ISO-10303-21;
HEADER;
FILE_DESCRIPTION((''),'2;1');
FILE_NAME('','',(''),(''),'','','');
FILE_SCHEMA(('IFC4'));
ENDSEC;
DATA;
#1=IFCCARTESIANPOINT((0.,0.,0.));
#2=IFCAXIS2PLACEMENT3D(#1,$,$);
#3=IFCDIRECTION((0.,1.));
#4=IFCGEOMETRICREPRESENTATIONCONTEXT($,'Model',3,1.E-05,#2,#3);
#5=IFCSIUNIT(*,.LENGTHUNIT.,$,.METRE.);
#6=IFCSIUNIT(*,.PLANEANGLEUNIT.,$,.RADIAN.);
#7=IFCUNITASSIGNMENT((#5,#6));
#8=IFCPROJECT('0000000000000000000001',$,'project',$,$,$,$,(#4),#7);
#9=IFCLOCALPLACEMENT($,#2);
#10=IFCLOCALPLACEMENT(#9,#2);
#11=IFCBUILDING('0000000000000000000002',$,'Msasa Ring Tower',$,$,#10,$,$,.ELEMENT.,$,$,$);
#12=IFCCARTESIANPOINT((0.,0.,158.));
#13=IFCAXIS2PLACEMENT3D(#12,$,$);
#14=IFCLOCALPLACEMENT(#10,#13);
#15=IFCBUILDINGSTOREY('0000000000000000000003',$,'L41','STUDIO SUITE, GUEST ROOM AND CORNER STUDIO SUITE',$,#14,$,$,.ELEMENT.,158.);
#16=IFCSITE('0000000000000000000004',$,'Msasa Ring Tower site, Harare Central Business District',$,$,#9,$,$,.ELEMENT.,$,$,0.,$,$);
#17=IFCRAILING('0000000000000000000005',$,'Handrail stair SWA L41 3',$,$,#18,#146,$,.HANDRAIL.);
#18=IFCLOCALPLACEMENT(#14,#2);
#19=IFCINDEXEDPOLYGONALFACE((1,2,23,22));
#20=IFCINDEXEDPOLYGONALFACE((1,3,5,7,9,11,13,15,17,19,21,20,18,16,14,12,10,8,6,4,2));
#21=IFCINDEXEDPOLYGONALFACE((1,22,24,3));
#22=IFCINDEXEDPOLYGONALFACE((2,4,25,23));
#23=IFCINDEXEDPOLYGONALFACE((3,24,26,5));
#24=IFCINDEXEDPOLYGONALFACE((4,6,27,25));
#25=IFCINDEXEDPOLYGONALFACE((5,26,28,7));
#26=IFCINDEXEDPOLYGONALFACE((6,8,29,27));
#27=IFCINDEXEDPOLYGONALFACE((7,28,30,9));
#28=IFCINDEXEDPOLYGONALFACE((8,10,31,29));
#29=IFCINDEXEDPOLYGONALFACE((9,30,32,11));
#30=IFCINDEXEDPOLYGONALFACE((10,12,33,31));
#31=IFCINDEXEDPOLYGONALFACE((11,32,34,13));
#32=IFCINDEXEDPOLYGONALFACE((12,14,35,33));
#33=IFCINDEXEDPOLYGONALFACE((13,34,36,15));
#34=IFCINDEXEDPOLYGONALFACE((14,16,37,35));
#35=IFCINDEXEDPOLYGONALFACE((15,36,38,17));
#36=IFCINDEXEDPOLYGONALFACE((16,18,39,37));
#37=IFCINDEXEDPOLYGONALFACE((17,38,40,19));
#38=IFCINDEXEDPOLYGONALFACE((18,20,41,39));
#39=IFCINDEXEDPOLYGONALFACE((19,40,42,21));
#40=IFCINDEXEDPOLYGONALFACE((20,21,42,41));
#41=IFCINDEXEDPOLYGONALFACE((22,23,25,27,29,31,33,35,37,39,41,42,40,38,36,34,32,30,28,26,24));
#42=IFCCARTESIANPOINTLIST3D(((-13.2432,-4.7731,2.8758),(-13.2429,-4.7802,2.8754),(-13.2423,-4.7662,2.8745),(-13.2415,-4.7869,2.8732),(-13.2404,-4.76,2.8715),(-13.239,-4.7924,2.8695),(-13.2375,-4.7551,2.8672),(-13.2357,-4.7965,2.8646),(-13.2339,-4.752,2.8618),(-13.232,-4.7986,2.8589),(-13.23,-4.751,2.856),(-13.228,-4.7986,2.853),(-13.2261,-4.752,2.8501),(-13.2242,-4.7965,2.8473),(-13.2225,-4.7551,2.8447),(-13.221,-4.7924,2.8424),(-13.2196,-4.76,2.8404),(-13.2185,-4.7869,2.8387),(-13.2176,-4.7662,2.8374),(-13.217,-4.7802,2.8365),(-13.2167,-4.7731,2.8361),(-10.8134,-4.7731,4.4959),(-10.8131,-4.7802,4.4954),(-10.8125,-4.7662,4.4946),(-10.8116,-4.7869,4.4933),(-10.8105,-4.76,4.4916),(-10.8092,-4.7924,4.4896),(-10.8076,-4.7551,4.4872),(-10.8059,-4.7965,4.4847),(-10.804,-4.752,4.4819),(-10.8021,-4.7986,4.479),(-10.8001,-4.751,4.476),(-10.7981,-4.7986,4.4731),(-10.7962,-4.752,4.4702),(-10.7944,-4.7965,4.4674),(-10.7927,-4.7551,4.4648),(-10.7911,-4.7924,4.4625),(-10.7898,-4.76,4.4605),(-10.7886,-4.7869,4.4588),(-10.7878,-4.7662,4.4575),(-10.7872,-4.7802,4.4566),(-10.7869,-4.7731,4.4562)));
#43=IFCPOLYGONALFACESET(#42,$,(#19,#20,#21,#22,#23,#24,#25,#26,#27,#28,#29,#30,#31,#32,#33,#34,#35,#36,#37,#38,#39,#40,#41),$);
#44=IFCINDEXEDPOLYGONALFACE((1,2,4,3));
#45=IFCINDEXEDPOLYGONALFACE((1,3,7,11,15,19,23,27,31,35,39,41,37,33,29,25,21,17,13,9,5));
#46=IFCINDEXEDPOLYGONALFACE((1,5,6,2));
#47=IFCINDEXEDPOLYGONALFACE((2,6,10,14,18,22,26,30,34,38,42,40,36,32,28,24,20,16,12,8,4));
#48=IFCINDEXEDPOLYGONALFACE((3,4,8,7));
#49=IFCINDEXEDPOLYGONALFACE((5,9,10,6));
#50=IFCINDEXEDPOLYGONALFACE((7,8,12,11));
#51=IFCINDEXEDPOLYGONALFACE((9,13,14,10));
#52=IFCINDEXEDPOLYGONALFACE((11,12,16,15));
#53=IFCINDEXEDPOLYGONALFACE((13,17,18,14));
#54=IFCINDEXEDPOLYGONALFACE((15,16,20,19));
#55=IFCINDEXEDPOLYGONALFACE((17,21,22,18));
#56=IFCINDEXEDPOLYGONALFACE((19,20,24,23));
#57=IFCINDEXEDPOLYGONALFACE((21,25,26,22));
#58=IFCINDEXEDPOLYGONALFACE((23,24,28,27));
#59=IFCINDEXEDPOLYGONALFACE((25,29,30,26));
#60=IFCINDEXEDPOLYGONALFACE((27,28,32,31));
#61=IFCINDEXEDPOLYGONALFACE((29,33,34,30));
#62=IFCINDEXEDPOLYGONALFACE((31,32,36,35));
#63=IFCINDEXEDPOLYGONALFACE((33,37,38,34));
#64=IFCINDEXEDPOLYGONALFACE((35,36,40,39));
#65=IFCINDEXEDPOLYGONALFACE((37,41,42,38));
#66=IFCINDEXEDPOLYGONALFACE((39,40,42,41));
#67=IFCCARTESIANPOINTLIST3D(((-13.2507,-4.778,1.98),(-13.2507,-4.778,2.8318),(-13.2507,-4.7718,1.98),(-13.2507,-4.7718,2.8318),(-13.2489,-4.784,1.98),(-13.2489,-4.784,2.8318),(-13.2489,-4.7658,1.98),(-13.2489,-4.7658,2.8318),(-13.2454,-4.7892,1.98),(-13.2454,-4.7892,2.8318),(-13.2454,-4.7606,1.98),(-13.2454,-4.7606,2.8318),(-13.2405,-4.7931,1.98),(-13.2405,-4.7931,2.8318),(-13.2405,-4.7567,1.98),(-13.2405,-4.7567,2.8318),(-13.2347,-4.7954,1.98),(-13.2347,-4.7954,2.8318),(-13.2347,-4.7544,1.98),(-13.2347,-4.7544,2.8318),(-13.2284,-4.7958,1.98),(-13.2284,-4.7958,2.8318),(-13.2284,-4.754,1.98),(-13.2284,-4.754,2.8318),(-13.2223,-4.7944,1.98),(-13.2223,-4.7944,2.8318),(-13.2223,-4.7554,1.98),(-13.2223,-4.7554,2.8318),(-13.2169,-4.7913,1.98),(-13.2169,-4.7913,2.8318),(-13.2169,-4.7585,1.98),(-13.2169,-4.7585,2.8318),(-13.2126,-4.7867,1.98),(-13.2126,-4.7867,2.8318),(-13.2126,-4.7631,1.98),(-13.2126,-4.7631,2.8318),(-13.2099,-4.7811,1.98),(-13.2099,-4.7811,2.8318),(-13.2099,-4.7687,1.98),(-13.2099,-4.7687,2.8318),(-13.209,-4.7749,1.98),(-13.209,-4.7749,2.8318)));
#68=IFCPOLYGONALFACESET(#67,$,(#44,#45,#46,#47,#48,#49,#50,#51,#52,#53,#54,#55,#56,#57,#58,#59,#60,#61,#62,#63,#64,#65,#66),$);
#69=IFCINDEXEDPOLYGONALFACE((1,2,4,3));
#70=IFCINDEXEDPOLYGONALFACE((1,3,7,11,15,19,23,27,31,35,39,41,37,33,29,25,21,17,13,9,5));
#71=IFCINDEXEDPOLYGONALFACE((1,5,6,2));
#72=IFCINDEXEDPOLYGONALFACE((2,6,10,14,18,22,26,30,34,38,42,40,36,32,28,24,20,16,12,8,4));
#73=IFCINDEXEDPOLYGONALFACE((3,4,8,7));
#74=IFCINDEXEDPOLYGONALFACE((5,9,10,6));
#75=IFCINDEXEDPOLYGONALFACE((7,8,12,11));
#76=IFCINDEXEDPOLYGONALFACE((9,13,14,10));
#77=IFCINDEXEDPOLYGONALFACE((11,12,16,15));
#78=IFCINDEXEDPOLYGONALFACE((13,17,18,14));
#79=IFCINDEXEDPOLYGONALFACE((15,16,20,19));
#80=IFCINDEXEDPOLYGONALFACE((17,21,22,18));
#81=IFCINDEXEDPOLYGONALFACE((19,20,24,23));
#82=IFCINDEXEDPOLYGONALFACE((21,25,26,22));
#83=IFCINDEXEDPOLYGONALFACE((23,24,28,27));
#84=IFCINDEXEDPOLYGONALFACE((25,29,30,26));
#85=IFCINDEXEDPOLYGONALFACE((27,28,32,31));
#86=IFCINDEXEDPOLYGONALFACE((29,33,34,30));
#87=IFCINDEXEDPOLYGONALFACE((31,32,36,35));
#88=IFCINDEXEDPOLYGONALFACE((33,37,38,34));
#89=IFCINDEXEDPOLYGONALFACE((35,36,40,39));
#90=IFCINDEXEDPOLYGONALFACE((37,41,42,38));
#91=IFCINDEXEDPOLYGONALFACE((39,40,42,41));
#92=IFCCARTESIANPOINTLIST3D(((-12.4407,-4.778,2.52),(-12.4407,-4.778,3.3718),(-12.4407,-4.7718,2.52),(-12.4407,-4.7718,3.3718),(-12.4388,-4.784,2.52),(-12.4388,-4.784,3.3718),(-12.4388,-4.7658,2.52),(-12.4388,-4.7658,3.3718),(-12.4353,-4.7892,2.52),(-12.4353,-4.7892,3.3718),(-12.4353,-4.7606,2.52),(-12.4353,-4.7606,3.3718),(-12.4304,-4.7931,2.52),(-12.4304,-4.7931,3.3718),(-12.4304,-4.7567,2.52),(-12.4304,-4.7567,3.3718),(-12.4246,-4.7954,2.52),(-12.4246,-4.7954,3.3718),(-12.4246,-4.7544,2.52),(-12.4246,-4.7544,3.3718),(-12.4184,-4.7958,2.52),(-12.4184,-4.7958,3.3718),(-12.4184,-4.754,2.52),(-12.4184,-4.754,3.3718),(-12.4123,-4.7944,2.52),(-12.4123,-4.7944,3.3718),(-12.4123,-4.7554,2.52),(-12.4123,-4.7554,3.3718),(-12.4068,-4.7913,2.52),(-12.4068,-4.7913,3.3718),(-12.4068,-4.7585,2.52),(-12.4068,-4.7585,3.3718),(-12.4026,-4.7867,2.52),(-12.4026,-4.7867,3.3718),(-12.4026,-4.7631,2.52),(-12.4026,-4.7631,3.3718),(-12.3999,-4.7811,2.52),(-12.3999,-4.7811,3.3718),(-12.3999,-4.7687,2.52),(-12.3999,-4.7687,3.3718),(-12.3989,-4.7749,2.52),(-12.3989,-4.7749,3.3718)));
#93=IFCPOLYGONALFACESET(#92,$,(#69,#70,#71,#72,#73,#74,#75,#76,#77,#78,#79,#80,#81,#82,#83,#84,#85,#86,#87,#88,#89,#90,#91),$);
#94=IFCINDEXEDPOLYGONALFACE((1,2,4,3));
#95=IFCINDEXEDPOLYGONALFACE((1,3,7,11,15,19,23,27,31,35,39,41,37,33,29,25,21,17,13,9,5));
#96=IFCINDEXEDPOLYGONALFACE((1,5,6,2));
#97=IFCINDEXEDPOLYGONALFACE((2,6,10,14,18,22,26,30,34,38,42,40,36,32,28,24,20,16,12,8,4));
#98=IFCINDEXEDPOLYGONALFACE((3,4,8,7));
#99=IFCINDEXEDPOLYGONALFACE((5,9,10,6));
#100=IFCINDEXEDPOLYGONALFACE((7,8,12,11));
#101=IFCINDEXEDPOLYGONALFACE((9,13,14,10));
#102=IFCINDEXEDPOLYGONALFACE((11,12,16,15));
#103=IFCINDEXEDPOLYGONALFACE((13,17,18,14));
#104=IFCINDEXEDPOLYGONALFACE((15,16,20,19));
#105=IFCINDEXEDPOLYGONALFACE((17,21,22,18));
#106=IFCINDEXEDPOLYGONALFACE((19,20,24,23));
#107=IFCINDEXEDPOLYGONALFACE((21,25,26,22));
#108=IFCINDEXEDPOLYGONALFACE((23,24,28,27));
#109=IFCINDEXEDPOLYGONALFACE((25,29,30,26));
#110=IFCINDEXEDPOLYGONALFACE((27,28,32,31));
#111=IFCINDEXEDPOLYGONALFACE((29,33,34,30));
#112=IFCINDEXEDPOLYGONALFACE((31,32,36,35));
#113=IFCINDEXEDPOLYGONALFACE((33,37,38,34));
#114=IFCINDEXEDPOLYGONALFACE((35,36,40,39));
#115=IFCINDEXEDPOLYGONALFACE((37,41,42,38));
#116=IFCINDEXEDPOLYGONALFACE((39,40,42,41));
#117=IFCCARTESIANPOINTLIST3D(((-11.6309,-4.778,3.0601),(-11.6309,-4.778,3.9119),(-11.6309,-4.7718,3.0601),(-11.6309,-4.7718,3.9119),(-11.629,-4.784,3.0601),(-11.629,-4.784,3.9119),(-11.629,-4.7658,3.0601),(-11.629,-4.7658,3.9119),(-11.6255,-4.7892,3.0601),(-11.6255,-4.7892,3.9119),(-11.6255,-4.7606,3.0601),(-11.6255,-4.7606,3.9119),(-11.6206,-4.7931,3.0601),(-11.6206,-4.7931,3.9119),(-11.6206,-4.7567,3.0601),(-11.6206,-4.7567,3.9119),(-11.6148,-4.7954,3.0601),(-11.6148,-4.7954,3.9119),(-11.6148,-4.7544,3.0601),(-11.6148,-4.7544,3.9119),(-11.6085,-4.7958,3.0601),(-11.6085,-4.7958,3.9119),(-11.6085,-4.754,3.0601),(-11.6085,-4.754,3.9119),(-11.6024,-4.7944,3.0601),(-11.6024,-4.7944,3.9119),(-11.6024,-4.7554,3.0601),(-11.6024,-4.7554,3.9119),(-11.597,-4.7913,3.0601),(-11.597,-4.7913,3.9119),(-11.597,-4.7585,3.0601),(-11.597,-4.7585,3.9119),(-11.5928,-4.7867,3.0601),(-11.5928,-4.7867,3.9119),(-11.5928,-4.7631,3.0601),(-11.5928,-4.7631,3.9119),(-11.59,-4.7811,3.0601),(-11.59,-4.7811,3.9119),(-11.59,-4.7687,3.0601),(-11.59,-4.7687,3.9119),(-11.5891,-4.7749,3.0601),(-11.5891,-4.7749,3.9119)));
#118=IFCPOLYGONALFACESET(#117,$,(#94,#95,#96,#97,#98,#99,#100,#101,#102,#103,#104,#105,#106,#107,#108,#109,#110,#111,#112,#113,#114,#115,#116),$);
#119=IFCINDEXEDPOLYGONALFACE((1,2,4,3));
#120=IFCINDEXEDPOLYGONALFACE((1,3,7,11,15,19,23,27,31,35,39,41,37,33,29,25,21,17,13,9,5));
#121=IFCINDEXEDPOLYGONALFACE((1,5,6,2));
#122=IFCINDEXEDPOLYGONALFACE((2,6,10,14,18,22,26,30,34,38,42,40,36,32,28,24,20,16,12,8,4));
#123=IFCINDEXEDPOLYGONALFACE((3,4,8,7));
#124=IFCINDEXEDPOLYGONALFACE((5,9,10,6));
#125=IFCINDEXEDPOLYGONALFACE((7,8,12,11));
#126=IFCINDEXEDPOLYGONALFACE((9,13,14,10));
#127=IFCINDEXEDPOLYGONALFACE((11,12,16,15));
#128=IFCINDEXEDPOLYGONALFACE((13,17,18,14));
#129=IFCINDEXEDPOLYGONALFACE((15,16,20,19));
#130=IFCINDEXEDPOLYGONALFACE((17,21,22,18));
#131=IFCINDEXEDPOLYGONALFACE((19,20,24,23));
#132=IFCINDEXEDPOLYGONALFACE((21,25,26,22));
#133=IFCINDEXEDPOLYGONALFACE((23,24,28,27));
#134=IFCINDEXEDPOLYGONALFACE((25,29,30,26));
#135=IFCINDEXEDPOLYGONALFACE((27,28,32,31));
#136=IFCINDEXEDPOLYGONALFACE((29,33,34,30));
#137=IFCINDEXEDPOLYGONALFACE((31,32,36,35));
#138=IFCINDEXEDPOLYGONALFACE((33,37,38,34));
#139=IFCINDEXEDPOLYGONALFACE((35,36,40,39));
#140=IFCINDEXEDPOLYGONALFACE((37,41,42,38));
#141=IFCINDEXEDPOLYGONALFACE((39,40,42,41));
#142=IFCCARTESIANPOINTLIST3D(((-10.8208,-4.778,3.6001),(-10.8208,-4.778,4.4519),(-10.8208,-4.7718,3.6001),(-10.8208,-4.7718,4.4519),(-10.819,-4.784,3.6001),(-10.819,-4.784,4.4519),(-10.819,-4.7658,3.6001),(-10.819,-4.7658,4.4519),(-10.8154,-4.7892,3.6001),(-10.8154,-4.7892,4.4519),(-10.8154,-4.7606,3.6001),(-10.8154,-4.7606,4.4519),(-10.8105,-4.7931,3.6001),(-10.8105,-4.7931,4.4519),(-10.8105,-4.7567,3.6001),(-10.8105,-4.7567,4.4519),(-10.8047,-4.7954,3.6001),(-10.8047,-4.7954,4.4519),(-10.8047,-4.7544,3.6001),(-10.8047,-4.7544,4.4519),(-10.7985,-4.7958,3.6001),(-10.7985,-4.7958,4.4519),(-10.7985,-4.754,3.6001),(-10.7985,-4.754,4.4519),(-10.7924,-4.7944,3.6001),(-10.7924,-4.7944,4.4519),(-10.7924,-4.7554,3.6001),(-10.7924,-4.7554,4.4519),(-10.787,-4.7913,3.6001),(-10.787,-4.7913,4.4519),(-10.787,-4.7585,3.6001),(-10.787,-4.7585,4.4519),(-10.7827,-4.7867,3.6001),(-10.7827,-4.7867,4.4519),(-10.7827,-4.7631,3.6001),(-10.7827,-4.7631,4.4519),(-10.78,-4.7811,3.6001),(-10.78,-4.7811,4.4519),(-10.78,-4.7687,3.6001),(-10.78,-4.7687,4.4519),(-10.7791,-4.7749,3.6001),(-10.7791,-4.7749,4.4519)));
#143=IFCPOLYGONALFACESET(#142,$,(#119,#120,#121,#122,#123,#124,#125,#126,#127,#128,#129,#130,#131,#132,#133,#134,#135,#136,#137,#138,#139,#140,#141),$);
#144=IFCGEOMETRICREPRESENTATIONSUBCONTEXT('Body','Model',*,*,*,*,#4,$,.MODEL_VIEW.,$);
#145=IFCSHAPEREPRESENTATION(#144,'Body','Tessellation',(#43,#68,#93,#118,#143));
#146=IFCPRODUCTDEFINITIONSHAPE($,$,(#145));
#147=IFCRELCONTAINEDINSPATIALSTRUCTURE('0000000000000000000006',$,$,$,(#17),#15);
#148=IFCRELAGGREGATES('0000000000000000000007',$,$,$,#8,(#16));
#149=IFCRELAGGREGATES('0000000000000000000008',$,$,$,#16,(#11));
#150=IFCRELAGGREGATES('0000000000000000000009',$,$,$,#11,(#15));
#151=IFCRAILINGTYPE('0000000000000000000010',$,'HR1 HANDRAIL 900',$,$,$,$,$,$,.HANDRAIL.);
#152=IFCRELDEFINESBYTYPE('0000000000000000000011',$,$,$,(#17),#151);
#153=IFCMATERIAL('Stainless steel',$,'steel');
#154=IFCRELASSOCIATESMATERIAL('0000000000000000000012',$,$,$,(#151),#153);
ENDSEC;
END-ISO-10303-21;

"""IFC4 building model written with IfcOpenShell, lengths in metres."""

from ifc_helpers import new_model, si_unit, direction, frame, origin, origin_2d, place, context, subcontext, project, spatial, circle, extrude, material, type_object, element, save


model = new_model("IFC4")

# Units and contexts
model_context = context("Model", 3, precision=1e-05, world=origin(), true_north=direction((0.0, 1.0)))
body_context = subcontext(model_context, "Body", "Model", "MODEL_VIEW")
ifc_project = project(units=[si_unit("LENGTHUNIT", "METRE"), si_unit("PLANEANGLEUNIT", "RADIAN")], contexts=[model_context])

# Site, building, storey
site_placement = place(None, origin())
site = spatial("IfcSite", under=ifc_project, at=site_placement, Name="Msasa Ring Tower site, Harare Central Business District", CompositionType="ELEMENT", RefElevation=0.0)
building_placement = place(site_placement, origin())
building = spatial("IfcBuilding", under=site, at=building_placement, Name="Msasa Ring Tower", CompositionType="ELEMENT")
storey_placement = place(building_placement, frame((0.0, 0.0, 158.0)))
storey = spatial("IfcBuildingStorey", under=building, at=storey_placement, Name="L41", Description="STUDIO SUITE, GUEST ROOM AND CORNER STUDIO SUITE", CompositionType="ELEMENT", Elevation=158.0)

# Railing
ifc_material_1 = material(Name="Stainless steel", Category="steel")
railing_type = type_object("IfcRailingType", Name="HR1 HANDRAIL 900", PredefinedType="HANDRAIL", material=ifc_material_1)
for number, where, name in (
    (1, (-13.23, -4.7749, 1.98), "Handrail stair SWA L41 3"),
):
    element("IfcRailing", number, at=place(storey_placement, frame(where)), inside=storey, type_object=railing_type, Name=name, PredefinedType="HANDRAIL", context=body_context, shape_type="SweptSolid", body=[
        extrude(circle(Radius=0.0239, at=origin_2d()), frame((0.0, 0.0, 0.876), z_axis=(0.832025, 0.0, 0.554739), x_axis=(0.0, 1.0, 0.0)), (0.0, 0.0, 1.0), 2.9204),
        extrude(circle(Radius=0.021, at=origin_2d()), origin(), (0.0, 0.0, 1.0), 0.8518),
        extrude(circle(Radius=0.021, at=origin_2d()), frame((0.8101, 0.0, 0.54)), (0.0, 0.0, 1.0), 0.8518),
        extrude(circle(Radius=0.021, at=origin_2d()), frame((1.6199, 0.0, 1.0801)), (0.0, 0.0, 1.0), 0.8518),
        extrude(circle(Radius=0.021, at=origin_2d()), frame((2.4299, 0.0, 1.6201)), (0.0, 0.0, 1.0), 0.8518),
    ])

save(model, "model.ifc")
